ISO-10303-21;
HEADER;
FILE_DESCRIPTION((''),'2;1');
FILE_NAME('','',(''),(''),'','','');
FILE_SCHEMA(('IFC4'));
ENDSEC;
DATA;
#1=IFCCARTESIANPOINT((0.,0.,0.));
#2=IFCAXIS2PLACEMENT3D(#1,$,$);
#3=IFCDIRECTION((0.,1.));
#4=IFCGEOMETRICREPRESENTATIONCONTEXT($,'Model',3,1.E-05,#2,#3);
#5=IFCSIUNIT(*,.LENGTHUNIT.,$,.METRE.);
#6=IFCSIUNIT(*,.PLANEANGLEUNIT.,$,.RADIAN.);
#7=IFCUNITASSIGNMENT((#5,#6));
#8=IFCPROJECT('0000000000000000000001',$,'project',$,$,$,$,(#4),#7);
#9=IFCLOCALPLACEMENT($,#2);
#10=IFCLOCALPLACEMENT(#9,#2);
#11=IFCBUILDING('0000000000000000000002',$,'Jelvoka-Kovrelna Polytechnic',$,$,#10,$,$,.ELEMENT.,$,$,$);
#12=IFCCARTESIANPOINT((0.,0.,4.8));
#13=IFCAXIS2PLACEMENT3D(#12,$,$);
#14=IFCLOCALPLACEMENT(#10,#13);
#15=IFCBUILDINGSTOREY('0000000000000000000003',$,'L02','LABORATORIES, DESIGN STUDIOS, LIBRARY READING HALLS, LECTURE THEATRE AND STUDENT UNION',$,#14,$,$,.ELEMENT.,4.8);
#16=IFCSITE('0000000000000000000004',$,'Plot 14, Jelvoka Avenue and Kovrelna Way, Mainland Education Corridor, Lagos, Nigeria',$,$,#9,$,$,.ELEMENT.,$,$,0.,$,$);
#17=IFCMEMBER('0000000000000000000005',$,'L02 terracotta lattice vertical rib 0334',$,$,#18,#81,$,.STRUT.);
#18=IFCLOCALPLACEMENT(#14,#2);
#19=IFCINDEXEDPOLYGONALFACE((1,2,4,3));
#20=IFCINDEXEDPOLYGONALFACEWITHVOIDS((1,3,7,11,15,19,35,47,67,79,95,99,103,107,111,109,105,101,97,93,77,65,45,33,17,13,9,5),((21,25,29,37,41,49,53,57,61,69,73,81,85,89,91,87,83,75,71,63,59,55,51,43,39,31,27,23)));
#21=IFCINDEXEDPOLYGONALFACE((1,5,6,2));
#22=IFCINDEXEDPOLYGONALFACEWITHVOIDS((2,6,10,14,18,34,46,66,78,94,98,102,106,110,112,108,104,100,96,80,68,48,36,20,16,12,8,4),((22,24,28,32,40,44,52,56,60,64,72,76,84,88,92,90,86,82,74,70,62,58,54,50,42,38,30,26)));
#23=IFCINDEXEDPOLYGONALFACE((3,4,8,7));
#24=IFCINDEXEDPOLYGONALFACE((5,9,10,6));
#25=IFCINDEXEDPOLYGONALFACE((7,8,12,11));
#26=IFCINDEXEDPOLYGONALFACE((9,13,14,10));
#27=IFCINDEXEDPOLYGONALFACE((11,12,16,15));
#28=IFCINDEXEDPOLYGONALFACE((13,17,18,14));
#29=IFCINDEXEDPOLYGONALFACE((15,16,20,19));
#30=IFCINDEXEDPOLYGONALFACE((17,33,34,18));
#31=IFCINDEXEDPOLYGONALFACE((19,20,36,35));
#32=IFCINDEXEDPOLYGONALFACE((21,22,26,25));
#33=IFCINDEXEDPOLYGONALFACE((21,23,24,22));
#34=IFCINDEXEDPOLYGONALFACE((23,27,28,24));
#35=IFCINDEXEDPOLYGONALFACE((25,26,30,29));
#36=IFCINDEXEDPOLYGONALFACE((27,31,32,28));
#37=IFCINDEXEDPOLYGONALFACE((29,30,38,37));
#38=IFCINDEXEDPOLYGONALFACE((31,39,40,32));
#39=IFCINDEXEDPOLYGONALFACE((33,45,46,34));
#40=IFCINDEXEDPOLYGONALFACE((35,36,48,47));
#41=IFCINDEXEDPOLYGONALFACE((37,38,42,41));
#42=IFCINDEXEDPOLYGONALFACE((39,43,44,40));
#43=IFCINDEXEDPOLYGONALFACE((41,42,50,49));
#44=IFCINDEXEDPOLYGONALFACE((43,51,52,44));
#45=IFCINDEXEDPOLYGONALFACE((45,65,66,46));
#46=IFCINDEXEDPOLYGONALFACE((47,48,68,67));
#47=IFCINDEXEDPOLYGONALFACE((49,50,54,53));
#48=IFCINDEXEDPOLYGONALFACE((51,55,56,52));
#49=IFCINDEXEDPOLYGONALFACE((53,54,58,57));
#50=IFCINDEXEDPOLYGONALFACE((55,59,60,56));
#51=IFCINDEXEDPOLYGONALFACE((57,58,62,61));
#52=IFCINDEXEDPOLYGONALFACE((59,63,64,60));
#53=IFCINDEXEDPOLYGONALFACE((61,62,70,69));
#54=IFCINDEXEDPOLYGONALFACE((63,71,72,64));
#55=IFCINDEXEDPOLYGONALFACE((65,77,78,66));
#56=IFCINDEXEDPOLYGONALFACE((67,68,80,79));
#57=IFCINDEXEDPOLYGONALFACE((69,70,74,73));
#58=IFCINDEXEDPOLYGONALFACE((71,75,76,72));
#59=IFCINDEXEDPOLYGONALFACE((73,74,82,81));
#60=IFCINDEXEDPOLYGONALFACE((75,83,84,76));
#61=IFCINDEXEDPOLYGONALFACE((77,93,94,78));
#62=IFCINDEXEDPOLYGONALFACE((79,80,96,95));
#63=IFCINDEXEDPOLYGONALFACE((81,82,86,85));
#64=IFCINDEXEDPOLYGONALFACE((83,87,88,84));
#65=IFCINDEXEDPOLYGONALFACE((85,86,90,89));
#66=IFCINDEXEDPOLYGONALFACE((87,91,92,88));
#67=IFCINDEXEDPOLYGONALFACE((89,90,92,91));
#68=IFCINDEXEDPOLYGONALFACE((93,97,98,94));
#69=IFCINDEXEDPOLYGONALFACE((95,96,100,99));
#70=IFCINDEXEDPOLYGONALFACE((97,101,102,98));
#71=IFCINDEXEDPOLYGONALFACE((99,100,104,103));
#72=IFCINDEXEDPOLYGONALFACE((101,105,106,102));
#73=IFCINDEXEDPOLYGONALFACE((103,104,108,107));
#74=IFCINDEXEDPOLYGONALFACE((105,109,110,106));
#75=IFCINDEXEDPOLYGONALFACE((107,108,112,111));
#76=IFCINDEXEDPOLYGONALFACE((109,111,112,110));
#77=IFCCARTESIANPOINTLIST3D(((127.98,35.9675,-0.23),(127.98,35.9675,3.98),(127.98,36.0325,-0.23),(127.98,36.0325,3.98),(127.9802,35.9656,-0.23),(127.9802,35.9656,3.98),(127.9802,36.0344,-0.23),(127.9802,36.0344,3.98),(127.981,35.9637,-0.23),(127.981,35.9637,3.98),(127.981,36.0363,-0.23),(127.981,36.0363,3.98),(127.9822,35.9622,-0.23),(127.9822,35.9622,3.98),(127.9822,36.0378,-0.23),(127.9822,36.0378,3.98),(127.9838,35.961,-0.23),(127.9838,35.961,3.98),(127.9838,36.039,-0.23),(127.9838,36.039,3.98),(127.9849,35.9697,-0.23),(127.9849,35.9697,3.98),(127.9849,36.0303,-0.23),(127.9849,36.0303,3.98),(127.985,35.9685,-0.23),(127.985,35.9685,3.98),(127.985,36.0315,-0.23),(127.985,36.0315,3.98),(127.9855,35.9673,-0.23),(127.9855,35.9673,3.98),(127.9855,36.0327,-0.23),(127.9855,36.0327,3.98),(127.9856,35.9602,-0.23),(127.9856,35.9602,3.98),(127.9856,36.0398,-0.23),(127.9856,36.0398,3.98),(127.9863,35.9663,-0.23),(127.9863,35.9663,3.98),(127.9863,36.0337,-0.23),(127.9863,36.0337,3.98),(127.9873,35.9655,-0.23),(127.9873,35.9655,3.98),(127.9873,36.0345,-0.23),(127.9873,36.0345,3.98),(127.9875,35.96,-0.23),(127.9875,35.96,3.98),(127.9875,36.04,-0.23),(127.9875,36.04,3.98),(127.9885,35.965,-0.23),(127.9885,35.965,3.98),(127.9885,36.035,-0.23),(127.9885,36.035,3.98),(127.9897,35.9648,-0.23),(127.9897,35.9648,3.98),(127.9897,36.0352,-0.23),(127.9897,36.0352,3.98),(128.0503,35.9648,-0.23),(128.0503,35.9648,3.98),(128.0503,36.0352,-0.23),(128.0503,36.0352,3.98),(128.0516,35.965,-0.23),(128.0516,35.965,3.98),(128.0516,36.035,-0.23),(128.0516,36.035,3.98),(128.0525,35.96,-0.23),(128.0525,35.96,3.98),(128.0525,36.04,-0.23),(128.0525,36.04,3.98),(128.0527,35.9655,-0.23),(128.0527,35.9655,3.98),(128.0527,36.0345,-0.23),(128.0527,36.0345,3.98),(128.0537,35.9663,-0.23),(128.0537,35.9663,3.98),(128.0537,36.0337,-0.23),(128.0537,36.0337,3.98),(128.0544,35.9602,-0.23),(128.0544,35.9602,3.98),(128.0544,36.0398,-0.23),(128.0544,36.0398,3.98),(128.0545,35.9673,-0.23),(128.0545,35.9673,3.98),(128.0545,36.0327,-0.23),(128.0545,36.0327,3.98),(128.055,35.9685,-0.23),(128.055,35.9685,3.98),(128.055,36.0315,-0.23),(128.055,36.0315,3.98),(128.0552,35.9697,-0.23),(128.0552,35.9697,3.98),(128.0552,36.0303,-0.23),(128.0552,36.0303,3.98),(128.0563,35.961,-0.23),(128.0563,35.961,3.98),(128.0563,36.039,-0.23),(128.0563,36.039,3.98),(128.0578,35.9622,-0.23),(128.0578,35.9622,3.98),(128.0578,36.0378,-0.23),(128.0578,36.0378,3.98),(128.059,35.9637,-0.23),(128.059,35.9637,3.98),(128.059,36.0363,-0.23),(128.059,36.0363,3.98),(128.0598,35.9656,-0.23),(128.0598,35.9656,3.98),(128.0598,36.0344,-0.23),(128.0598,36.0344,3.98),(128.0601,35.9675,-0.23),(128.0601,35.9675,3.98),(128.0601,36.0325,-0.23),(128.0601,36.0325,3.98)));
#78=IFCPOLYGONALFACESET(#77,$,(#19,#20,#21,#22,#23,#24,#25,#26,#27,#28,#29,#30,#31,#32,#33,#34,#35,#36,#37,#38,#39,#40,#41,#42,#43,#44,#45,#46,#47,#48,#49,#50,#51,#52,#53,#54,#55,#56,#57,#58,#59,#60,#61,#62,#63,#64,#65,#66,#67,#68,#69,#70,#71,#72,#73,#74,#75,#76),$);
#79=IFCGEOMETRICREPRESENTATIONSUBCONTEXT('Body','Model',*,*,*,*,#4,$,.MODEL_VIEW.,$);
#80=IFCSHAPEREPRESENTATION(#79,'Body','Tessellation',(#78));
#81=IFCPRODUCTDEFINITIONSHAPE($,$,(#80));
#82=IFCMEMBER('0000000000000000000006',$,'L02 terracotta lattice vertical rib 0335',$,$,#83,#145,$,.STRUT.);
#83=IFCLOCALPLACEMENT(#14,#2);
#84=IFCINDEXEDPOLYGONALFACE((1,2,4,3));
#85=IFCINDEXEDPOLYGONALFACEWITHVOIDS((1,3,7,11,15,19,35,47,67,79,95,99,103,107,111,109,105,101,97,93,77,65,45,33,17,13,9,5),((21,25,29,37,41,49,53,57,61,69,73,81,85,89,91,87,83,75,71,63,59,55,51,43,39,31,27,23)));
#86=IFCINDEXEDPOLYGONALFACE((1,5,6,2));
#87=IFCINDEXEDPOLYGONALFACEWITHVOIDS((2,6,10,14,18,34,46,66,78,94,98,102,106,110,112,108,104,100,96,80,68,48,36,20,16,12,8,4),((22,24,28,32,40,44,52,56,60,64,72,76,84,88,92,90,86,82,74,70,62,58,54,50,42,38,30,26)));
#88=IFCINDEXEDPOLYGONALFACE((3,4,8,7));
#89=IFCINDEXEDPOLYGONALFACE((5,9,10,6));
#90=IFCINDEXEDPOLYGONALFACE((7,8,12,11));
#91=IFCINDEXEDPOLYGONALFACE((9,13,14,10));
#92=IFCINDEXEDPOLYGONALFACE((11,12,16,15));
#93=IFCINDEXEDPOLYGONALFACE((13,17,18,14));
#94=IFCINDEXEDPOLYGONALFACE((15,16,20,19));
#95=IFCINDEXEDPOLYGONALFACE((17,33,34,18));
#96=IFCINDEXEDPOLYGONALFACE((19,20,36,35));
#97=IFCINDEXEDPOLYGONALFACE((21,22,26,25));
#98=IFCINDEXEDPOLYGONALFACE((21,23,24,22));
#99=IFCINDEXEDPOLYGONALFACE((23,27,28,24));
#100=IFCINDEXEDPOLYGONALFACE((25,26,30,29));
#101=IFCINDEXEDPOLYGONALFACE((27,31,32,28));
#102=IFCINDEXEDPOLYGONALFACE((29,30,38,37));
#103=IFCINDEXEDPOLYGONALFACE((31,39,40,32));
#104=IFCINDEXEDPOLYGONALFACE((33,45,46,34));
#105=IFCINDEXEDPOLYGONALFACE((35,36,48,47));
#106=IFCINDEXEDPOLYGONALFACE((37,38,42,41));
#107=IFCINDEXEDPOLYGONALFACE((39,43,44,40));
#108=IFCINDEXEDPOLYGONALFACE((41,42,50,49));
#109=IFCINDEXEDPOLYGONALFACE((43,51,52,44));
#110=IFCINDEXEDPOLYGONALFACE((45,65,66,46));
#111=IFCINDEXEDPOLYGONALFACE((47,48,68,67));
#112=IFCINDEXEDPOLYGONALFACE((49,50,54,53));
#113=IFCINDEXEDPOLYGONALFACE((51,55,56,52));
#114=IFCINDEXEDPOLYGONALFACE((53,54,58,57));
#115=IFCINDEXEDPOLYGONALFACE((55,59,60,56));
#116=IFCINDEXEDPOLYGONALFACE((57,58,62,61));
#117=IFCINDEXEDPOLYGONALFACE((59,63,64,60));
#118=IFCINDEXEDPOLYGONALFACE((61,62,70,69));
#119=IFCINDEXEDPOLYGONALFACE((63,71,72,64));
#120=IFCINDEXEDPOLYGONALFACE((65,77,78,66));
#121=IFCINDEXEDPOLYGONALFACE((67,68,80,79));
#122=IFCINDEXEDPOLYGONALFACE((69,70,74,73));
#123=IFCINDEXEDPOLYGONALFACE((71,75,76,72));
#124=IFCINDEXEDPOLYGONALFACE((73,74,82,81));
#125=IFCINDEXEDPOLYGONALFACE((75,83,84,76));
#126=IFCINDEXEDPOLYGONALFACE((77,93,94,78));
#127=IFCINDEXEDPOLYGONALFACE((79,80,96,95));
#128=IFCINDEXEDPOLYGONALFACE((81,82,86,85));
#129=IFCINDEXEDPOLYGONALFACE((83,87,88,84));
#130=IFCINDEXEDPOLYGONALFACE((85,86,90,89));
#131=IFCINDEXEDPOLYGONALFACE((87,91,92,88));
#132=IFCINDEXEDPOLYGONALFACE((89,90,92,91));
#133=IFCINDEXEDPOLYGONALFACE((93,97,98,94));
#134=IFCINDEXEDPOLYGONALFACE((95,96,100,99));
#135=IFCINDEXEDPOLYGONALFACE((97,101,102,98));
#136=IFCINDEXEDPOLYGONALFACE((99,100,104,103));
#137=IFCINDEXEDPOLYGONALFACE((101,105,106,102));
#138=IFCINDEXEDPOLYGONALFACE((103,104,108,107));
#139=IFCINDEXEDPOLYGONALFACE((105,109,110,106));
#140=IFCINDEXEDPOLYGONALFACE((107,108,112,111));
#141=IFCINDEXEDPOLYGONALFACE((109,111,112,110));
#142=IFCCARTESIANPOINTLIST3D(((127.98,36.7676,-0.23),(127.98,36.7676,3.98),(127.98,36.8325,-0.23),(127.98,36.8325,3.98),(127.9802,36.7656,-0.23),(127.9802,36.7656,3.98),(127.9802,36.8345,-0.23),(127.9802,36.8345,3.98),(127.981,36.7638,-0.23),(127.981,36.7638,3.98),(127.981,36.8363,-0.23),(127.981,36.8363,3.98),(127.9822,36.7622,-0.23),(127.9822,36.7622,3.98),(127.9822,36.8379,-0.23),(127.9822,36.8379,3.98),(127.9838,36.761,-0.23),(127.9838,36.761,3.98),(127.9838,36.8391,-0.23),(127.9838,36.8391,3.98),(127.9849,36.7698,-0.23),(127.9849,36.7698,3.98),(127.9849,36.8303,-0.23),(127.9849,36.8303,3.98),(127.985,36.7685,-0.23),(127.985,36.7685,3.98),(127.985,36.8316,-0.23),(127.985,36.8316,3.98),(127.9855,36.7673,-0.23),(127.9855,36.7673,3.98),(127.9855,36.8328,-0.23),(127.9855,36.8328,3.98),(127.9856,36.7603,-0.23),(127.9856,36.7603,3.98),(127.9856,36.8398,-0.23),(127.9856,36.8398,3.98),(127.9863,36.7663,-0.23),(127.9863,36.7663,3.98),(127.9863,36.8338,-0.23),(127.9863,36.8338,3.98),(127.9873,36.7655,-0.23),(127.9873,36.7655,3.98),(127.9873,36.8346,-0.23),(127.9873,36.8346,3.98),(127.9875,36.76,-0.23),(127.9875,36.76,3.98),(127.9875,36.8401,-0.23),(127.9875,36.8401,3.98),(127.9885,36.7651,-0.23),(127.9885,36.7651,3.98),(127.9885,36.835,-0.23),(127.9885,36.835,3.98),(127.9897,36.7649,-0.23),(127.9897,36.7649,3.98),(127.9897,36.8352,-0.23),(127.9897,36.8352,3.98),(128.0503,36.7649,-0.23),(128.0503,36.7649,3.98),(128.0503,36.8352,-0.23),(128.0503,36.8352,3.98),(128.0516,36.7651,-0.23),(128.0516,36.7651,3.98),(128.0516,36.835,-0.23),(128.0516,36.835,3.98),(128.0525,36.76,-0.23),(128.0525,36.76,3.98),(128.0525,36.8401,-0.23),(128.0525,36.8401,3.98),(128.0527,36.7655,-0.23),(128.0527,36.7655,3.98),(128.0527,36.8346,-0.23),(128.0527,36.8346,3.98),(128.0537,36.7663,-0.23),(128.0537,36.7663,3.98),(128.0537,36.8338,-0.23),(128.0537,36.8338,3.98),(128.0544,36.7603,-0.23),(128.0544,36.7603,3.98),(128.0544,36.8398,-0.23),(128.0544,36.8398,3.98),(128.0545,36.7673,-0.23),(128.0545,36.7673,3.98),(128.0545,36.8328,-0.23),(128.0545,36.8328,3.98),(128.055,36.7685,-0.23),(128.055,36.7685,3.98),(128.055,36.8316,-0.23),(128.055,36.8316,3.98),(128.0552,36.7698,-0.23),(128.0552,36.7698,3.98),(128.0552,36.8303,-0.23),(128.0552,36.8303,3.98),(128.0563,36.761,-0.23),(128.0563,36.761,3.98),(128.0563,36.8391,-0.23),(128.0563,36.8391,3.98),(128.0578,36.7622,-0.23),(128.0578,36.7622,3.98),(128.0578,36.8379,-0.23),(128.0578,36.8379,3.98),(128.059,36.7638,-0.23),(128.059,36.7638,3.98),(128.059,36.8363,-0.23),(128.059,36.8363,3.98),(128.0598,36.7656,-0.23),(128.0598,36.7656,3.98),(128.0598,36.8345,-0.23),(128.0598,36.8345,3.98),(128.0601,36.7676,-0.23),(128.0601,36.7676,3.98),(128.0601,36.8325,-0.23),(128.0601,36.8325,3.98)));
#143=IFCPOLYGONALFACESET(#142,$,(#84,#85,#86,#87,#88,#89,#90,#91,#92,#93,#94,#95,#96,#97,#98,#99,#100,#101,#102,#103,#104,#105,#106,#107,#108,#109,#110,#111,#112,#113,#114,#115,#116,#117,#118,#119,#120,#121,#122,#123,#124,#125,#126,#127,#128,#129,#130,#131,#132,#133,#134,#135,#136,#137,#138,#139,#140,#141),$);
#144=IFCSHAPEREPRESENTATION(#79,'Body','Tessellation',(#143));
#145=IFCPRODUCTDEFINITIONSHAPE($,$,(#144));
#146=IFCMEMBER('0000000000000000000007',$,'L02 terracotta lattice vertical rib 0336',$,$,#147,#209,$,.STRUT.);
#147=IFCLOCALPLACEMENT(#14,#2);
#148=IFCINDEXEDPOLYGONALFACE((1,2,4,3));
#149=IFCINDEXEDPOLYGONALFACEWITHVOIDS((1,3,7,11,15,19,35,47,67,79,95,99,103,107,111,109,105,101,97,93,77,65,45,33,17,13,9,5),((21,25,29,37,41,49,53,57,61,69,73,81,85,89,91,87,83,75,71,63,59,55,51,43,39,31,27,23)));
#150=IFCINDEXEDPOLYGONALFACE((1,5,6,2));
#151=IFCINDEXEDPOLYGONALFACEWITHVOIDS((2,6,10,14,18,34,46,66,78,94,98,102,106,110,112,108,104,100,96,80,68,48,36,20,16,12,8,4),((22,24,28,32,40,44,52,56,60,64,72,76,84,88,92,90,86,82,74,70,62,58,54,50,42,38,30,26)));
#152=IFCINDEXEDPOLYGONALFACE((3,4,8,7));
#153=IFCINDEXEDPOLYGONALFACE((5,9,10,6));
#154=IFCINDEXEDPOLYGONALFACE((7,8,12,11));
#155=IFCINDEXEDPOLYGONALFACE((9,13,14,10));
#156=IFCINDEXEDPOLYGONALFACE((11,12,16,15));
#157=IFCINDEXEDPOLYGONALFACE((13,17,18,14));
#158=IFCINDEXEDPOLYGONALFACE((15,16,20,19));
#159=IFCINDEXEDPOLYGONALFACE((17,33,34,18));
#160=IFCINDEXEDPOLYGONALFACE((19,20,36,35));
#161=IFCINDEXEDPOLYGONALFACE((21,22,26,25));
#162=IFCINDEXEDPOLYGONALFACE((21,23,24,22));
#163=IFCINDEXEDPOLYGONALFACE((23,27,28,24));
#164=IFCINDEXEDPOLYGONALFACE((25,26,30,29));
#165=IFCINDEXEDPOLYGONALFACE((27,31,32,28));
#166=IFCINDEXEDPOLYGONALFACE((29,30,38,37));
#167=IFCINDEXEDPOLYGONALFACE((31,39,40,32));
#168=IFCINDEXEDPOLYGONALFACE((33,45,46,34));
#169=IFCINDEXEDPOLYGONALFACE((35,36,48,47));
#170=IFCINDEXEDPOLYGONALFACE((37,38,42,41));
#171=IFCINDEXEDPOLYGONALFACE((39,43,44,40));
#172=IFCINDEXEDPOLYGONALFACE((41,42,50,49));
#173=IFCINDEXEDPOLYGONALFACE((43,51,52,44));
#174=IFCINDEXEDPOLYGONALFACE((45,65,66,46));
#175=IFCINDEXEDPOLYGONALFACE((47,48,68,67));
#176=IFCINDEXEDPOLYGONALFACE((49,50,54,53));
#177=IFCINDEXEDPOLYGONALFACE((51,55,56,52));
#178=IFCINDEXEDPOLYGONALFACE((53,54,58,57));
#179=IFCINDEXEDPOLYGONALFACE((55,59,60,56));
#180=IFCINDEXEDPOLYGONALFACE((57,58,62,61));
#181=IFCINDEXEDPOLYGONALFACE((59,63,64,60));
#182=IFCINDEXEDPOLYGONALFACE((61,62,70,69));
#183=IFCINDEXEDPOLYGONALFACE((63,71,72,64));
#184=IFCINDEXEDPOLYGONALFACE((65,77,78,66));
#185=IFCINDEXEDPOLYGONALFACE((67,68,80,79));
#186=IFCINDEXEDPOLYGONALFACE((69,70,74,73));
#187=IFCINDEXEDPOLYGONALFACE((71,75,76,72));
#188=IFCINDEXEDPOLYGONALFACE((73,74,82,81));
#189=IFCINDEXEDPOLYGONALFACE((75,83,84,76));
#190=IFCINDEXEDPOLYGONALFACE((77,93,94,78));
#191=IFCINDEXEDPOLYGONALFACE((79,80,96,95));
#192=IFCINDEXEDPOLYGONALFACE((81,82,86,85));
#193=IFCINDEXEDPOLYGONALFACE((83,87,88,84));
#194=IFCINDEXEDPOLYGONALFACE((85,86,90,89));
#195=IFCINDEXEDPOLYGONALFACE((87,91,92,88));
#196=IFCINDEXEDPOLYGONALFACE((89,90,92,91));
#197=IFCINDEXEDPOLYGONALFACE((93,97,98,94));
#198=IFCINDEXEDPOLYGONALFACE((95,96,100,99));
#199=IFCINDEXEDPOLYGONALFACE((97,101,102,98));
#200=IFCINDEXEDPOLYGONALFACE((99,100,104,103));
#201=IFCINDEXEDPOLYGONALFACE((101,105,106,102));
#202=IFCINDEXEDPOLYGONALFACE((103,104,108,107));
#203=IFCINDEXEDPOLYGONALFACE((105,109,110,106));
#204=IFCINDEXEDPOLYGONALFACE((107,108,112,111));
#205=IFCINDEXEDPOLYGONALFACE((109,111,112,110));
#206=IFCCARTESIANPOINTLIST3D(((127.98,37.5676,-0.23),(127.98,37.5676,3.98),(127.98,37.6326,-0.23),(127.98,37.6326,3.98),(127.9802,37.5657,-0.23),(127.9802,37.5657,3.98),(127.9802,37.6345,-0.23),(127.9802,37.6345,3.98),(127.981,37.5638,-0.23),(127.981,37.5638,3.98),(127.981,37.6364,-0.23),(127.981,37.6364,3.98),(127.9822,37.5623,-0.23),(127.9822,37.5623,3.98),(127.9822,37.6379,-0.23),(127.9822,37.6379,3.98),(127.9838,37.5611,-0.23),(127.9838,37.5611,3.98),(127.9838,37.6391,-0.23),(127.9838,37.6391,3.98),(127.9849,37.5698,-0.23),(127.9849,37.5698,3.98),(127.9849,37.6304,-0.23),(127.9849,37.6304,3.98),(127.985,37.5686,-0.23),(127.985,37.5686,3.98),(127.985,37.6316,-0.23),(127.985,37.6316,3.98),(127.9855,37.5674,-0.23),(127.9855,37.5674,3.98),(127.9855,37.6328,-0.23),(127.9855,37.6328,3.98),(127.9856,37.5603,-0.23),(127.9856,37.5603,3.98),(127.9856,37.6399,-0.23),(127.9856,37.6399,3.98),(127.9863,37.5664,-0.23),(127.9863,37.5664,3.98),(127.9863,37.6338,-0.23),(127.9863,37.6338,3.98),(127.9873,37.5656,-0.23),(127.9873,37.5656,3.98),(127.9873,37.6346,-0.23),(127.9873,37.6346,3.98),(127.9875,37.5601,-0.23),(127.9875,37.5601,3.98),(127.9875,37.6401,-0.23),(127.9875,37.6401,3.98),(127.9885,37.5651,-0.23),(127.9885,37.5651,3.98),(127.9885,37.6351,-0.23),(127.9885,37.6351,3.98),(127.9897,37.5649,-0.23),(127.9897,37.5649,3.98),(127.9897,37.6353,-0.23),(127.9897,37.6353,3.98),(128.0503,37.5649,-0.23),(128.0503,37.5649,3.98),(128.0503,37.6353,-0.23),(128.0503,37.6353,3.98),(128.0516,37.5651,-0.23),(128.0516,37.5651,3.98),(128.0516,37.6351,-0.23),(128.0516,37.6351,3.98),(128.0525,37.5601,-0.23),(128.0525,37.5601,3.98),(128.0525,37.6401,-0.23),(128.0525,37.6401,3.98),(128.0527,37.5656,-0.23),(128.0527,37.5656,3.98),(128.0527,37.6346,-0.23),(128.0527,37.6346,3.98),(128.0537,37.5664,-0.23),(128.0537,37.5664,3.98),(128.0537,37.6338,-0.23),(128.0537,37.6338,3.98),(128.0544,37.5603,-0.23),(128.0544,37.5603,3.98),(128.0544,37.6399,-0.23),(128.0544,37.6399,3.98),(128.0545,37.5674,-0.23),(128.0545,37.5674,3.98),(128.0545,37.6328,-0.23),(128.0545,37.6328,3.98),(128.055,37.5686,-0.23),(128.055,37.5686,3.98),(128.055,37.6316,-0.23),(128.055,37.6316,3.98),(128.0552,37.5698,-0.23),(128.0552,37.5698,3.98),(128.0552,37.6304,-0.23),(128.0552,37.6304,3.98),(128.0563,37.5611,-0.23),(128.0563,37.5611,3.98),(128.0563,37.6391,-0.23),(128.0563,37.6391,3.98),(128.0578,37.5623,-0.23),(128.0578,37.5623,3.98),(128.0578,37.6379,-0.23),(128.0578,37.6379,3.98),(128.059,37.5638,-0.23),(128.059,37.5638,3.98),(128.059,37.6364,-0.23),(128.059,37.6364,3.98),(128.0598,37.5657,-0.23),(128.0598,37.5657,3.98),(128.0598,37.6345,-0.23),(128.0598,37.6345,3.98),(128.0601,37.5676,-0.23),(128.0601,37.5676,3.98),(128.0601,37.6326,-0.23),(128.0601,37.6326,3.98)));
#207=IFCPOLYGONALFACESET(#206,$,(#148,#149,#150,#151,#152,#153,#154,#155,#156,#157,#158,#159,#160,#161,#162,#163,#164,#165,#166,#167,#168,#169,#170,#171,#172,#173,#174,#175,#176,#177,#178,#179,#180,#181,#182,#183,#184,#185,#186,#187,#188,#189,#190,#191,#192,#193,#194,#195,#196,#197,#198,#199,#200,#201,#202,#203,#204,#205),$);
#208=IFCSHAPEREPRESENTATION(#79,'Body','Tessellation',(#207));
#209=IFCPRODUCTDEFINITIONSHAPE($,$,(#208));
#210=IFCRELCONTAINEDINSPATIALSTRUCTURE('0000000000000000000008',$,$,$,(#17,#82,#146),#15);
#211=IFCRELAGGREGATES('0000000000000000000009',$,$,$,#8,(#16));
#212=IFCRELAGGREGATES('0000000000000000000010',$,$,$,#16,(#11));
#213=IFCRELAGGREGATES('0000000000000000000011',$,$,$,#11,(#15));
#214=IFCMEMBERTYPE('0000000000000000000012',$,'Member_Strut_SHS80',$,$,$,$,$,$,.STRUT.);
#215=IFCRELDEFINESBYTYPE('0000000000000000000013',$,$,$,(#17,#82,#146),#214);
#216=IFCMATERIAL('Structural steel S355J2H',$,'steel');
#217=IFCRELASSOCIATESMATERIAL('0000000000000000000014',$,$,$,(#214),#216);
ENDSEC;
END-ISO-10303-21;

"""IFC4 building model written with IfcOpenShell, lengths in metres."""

from ifc_helpers import new_model, si_unit, direction, frame, origin, origin_2d, place, context, subcontext, project, spatial, hollow_rectangle, extrude, material, material_profile, profile_set, type_object, element, save


model = new_model("IFC4")

# Units and contexts
model_context = context("Model", 3, precision=1e-05, world=origin(), true_north=direction((0.0, 1.0)))
body_context = subcontext(model_context, "Body", "Model", "MODEL_VIEW")
ifc_project = project(units=[si_unit("LENGTHUNIT", "METRE"), si_unit("PLANEANGLEUNIT", "RADIAN")], contexts=[model_context])

# Site, building, storey
site_placement = place(None, origin())
site = spatial("IfcSite", under=ifc_project, at=site_placement, Name="Plot 14, Jelvoka Avenue and Kovrelna Way, Mainland Education Corridor, Lagos, Nigeria", CompositionType="ELEMENT", RefElevation=0.0)
building_placement = place(site_placement, origin())
building = spatial("IfcBuilding", under=site, at=building_placement, Name="Jelvoka-Kovrelna Polytechnic", CompositionType="ELEMENT")
storey_placement = place(building_placement, frame((0.0, 0.0, 4.8)))
storey = spatial("IfcBuildingStorey", under=building, at=storey_placement, Name="L02", Description="LABORATORIES, DESIGN STUDIOS, LIBRARY READING HALLS, LECTURE THEATRE AND STUDENT UNION", CompositionType="ELEMENT", Elevation=4.8)

# Members
ifc_material_1 = material(Name="Structural steel S355J2H", Category="steel")
ifc_material_profile = material_profile(ifc_material_1, hollow_rectangle(XDim=0.0801, YDim=0.0801, WallThickness=0.0049, InnerFilletRadius=0.0049, OuterFilletRadius=0.0076, at=origin_2d()), Name="80x80x5.0 SHS")
ifc_profile_set = profile_set([ifc_material_profile], Name="Structural steel S355J2H")
member_type = type_object("IfcMemberType", Name="Member_Strut_SHS80", PredefinedType="STRUT", material=ifc_profile_set)
for number, where, z_axis, x_axis, name in (
    (1, (128.02, 36.0, -0.23), (0.0, 0.0, 1.0), (1.0, 0.0, 0.0), "L02 terracotta lattice vertical rib 0334"),
    (2, (128.02, 36.8, -0.23), (0.0, 0.0, 1.0), (1.0, 0.0, 0.0), "L02 terracotta lattice vertical rib 0335"),
    (3, (128.02, 37.6001, -0.23), (0.0, 0.0, 1.0), (1.0, 0.0, 0.0), "L02 terracotta lattice vertical rib 0336"),
):
    element("IfcMember", number, at=place(storey_placement, frame(where, z_axis=z_axis, x_axis=x_axis)), inside=storey, type_object=member_type, Name=name, PredefinedType="STRUT", context=body_context, shape_type="SweptSolid", body=[
        extrude(hollow_rectangle(XDim=0.0801, YDim=0.0801, WallThickness=0.0049, InnerFilletRadius=0.0049, OuterFilletRadius=0.0076, at=origin_2d()), origin(), (0.0, 0.0, 1.0), 4.21),
    ])

save(model, "model.ifc")
